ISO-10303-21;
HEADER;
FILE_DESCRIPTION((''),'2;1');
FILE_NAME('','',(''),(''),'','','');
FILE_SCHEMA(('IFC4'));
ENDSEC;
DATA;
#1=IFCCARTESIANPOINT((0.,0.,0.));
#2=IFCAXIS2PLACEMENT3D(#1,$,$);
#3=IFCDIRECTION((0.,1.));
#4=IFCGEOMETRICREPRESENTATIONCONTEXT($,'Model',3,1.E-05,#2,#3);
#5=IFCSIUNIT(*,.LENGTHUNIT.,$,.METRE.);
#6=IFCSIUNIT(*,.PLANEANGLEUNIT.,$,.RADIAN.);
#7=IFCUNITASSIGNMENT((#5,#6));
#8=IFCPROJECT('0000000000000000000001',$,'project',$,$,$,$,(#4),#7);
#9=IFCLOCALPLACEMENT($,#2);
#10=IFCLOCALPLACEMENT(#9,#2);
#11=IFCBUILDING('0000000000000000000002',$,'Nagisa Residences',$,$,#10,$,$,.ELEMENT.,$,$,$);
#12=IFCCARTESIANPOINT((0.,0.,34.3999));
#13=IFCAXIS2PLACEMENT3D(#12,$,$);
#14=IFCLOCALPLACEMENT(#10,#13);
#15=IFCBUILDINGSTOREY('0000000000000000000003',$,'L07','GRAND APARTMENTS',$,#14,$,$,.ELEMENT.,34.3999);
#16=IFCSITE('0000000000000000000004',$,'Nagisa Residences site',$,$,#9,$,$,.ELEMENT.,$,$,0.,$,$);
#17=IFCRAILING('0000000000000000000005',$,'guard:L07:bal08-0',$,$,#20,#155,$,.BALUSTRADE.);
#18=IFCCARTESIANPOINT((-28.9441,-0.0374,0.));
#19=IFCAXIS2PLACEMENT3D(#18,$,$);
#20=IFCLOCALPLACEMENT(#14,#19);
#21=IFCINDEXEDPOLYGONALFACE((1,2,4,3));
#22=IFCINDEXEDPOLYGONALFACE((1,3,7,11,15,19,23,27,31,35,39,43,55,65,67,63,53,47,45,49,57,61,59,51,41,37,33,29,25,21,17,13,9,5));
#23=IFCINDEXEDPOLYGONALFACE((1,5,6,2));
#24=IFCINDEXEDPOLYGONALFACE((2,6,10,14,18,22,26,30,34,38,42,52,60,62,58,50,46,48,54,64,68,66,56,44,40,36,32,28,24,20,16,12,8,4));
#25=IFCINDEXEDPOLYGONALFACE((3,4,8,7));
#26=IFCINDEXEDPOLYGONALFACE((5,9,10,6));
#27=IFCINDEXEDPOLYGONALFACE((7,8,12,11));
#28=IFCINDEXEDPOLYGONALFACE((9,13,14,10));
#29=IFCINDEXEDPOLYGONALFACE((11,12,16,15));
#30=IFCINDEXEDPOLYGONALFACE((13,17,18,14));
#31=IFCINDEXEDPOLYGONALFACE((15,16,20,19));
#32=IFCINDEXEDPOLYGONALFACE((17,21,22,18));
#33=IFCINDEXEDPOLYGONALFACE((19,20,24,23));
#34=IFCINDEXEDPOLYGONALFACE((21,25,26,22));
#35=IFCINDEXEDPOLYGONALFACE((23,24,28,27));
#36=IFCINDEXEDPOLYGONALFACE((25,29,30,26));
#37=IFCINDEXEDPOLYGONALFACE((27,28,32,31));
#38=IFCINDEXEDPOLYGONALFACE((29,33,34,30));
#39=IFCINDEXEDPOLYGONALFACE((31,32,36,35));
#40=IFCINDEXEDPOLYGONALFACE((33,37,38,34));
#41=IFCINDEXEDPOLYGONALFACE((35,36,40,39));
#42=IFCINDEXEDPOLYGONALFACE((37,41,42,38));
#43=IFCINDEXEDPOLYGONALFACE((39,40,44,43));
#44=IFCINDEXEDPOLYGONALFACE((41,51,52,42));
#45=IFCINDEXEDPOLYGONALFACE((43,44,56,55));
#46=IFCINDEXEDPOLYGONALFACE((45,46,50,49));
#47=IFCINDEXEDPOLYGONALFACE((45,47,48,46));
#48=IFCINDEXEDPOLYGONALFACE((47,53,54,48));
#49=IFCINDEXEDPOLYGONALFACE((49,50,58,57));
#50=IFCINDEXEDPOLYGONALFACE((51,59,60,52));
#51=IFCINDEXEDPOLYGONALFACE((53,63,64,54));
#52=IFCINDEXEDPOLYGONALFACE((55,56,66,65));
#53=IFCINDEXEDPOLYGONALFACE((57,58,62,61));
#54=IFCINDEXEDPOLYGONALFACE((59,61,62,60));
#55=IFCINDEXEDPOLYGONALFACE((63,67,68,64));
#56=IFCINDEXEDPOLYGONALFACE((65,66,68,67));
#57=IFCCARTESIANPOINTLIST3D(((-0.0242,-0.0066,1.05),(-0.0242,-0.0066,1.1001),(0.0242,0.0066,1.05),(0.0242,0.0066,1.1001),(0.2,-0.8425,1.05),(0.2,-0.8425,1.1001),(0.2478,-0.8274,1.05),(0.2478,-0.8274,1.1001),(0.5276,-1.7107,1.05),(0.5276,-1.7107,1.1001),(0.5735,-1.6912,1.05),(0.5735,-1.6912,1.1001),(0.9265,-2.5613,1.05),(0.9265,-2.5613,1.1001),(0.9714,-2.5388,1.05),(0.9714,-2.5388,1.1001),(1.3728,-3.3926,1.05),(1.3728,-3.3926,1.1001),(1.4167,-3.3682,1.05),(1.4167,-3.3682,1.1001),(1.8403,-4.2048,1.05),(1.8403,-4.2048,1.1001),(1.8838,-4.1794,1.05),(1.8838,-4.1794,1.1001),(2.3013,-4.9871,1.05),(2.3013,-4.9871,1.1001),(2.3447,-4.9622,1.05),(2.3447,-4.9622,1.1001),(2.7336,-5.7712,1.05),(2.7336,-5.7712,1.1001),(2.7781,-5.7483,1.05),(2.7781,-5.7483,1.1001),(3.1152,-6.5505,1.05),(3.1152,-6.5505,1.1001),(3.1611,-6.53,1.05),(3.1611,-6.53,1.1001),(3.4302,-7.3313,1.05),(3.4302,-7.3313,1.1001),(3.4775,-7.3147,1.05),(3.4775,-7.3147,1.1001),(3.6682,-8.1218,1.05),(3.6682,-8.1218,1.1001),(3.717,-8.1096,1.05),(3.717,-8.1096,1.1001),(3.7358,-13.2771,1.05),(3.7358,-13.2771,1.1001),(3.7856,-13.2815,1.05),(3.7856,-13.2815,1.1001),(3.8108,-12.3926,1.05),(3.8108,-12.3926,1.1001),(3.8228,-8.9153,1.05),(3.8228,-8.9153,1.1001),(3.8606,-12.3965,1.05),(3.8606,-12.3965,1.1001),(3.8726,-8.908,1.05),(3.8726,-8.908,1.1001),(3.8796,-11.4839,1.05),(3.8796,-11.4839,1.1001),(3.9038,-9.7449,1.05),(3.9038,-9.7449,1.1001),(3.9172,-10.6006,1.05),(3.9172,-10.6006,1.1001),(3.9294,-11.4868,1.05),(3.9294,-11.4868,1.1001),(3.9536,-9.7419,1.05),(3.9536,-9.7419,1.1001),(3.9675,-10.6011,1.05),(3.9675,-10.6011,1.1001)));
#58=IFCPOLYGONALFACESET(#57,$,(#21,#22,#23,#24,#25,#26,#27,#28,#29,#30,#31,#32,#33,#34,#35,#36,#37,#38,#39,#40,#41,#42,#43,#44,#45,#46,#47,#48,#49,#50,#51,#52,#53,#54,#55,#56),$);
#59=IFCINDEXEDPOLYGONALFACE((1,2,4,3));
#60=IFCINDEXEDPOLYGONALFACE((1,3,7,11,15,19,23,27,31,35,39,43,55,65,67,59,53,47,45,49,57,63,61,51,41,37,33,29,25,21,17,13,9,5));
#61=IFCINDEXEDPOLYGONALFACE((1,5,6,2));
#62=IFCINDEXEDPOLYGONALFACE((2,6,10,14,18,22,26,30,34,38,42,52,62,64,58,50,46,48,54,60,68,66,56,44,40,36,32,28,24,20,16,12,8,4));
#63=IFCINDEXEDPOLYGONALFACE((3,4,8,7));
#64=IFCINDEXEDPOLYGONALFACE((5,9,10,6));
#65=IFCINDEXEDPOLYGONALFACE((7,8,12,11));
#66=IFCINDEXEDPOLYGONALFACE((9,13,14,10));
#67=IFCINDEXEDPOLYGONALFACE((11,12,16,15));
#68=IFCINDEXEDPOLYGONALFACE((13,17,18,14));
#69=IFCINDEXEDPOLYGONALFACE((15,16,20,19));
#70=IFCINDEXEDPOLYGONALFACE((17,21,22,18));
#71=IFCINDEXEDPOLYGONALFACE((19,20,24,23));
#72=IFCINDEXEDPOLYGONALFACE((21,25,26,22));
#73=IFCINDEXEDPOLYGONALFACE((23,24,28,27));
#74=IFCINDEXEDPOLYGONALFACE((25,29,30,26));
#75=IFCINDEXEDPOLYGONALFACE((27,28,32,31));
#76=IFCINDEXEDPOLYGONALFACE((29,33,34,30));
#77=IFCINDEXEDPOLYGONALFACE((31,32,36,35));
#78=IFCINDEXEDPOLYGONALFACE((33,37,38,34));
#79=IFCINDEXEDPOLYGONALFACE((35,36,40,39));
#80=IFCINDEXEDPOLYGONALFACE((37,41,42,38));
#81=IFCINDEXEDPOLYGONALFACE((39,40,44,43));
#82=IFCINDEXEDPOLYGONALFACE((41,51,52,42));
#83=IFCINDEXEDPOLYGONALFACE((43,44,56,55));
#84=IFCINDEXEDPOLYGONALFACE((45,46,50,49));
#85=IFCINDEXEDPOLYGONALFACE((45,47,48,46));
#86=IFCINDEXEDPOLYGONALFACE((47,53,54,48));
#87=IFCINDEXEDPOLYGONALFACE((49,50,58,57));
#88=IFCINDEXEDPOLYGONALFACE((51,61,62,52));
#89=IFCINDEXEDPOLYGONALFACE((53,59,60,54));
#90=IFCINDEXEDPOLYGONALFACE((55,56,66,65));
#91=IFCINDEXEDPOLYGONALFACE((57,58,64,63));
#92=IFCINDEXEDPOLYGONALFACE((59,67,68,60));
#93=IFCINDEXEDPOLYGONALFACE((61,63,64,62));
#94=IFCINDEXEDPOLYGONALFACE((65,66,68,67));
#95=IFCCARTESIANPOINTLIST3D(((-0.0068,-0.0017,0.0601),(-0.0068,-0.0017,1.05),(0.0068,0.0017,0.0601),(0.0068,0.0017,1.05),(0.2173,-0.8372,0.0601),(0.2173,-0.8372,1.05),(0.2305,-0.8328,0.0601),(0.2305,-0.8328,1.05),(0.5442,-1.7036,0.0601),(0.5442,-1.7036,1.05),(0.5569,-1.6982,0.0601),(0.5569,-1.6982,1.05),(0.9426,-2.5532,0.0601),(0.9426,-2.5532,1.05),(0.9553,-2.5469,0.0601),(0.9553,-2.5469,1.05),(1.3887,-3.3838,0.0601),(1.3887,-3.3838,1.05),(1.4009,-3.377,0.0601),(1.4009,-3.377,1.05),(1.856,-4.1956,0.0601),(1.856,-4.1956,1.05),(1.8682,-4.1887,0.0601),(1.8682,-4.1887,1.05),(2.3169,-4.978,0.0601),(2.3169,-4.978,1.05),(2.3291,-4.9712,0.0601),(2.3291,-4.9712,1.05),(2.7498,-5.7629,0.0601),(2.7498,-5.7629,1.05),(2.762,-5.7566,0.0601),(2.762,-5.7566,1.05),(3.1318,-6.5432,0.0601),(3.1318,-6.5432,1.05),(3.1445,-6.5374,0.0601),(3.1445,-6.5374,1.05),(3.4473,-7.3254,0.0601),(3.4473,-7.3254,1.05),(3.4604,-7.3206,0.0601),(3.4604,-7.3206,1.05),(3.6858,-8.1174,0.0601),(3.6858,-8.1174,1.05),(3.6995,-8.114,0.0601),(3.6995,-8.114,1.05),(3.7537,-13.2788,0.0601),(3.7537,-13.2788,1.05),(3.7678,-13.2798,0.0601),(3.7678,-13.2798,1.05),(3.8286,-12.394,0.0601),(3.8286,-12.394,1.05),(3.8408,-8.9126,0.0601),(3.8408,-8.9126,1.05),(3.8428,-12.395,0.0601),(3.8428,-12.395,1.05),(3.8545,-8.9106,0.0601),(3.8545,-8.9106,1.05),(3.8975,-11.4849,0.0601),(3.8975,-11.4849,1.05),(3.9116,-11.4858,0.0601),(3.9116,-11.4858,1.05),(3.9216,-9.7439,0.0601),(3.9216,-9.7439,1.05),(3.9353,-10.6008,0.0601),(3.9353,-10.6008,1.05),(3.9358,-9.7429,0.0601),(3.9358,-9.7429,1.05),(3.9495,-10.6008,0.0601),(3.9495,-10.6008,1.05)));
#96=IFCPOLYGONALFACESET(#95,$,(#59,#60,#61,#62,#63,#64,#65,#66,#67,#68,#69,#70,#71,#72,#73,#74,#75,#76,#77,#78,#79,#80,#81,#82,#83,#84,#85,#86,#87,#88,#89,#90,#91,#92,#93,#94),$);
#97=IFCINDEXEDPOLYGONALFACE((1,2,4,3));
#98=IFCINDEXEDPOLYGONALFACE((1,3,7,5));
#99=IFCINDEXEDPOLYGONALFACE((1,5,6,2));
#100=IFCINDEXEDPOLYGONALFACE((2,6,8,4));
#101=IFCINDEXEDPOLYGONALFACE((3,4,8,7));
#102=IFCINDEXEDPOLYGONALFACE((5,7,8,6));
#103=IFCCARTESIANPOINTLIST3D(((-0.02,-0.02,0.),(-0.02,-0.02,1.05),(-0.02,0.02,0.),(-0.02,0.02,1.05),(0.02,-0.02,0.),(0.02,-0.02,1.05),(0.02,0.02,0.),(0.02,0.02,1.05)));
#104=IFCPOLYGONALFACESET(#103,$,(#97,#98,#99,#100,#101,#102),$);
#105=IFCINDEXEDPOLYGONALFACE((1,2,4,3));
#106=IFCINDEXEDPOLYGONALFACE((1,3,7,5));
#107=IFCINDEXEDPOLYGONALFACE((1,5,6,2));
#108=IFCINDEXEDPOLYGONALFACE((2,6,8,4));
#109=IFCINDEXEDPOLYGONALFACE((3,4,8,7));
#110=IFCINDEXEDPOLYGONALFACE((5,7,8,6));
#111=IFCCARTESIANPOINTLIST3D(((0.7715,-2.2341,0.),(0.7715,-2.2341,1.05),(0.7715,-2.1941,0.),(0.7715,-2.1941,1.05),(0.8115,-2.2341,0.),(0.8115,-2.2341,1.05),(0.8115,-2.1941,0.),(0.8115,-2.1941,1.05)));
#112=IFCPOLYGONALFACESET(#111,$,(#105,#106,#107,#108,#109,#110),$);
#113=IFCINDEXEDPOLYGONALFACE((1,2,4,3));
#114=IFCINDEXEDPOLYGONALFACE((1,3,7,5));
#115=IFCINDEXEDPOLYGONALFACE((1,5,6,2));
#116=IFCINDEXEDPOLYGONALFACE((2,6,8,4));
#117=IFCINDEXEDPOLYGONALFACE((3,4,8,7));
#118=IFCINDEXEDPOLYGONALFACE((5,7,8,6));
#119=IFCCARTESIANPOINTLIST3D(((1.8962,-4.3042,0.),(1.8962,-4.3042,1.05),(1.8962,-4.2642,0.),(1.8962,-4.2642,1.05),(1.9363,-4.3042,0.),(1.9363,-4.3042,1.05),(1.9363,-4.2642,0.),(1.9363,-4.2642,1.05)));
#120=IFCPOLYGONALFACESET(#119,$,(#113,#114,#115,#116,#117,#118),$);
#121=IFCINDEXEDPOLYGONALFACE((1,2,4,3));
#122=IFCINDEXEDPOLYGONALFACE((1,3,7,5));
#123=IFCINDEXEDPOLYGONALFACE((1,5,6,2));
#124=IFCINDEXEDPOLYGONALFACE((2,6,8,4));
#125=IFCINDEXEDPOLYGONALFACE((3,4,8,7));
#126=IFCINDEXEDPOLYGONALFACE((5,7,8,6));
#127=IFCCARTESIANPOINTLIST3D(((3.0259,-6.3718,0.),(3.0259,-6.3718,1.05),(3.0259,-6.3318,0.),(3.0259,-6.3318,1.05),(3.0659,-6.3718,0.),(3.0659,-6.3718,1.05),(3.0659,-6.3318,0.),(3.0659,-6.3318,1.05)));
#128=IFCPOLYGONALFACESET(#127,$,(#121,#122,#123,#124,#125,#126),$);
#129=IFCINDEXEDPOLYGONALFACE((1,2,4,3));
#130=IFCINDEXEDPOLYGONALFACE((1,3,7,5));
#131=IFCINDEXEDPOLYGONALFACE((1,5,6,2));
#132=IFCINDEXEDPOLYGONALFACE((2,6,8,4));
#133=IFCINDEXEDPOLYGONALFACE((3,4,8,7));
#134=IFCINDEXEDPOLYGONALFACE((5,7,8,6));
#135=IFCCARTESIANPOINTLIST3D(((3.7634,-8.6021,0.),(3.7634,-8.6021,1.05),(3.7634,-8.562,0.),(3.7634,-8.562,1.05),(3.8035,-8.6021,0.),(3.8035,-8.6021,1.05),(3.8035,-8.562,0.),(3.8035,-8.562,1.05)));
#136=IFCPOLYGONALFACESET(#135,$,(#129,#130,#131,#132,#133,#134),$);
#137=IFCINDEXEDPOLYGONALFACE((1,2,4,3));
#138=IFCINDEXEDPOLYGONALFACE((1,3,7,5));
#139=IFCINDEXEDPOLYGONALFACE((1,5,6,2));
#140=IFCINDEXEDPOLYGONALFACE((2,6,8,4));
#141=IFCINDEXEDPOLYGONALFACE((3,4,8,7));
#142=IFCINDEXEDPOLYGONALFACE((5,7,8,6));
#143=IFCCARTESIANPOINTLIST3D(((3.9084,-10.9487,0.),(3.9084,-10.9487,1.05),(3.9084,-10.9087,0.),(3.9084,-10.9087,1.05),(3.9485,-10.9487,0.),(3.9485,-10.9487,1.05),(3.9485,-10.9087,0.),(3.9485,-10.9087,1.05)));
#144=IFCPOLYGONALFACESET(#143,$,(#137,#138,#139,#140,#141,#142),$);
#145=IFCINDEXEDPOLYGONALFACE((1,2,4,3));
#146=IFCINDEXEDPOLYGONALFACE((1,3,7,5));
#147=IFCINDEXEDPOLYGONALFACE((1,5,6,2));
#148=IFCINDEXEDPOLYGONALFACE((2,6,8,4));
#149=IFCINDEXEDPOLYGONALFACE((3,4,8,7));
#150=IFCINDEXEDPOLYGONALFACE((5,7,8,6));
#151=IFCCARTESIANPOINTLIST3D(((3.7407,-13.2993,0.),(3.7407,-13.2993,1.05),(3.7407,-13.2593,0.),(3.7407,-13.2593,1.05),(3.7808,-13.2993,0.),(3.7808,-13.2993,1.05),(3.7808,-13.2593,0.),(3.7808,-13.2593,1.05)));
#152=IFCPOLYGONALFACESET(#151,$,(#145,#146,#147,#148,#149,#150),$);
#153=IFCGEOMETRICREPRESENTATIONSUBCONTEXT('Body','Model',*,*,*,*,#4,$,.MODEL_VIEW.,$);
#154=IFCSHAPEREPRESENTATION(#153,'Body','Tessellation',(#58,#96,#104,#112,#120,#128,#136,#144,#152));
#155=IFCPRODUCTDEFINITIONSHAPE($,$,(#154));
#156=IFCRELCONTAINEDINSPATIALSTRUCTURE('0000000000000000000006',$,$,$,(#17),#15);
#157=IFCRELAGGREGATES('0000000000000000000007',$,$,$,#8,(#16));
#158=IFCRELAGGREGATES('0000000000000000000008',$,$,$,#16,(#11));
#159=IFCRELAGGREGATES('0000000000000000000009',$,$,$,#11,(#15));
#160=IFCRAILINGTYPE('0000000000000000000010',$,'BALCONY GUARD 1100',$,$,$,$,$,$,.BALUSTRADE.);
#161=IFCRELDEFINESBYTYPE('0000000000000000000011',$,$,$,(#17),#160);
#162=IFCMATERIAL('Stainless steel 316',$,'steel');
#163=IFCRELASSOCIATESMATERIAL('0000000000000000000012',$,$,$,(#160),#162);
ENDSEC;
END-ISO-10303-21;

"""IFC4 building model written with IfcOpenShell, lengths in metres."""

from ifc_helpers import new_model, si_unit, direction, frame, origin, origin_2d, place, context, subcontext, project, spatial, polyline, rectangle, outline, extrude, material, type_object, element, save


model = new_model("IFC4")

# Units and contexts
model_context = context("Model", 3, precision=1e-05, world=origin(), true_north=direction((0.0, 1.0)))
body_context = subcontext(model_context, "Body", "Model", "MODEL_VIEW")
ifc_project = project(units=[si_unit("LENGTHUNIT", "METRE"), si_unit("PLANEANGLEUNIT", "RADIAN")], contexts=[model_context])

# Site, building, storey
site_placement = place(None, origin())
site = spatial("IfcSite", under=ifc_project, at=site_placement, Name="Nagisa Residences site", CompositionType="ELEMENT", RefElevation=0.0)
building_placement = place(site_placement, origin())
building = spatial("IfcBuilding", under=site, at=building_placement, Name="Nagisa Residences", CompositionType="ELEMENT")
storey_placement = place(building_placement, frame((0.0, 0.0, 34.3999)))
storey = spatial("IfcBuildingStorey", under=building, at=storey_placement, Name="L07", Description="GRAND APARTMENTS", CompositionType="ELEMENT", Elevation=34.3999)

# Railing
ifc_material_1 = material(Name="Stainless steel 316", Category="steel")
railing_type = type_object("IfcRailingType", Name="BALCONY GUARD 1100", PredefinedType="BALUSTRADE", material=ifc_material_1)
railing_placement = place(storey_placement, frame((-28.9441, -0.0374, 0.0)))
element("IfcRailing", 1, at=railing_placement, inside=storey, type_object=railing_type, Name="guard:L07:bal08-0", PredefinedType="BALUSTRADE", context=body_context, shape_type="SweptSolid", body=[
    extrude(outline(polyline([(0.2478, -0.8274), (0.0242, 0.0066), (-0.0242, -0.0066), (0.2, -0.8425), (0.5276, -1.7107), (0.9265, -2.5613), (1.3728, -3.3926), (1.8403, -4.2048), (2.3013, -4.9871), (2.7336, -5.7712), (3.1152, -6.5505), (3.4302, -7.3313), (3.6682, -8.1218), (3.8228, -8.9153), (3.9038, -9.7449), (3.9172, -10.6006), (3.8796, -11.4839), (3.8108, -12.3926), (3.7358, -13.2771), (3.7856, -13.2815), (3.8606, -12.3965), (3.9294, -11.4868), (3.9675, -10.6011), (3.9536, -9.7419), (3.8726, -8.908), (3.717, -8.1096), (3.4775, -7.3147), (3.1611, -6.53), (2.7781, -5.7483), (2.3447, -4.9622), (1.8838, -4.1794), (1.4167, -3.3682), (0.9714, -2.5388), (0.5735, -1.6912), (0.2478, -0.8274)])), frame((0.0, 0.0, 1.05)), (0.0, 0.0, 1.0), 0.05),
    extrude(outline(polyline([(0.2305, -0.8328), (0.0068, 0.0017), (-0.0068, -0.0017), (0.2173, -0.8372), (0.5442, -1.7036), (0.9426, -2.5532), (1.3887, -3.3838), (1.856, -4.1956), (2.3169, -4.978), (2.7498, -5.7629), (3.1318, -6.5432), (3.4473, -7.3254), (3.6858, -8.1174), (3.8408, -8.9126), (3.9216, -9.7439), (3.9353, -10.6008), (3.8975, -11.4849), (3.8286, -12.394), (3.7537, -13.2788), (3.7678, -13.2798), (3.8428, -12.395), (3.9116, -11.4858), (3.9495, -10.6008), (3.9358, -9.7429), (3.8545, -8.9106), (3.6995, -8.114), (3.4604, -7.3206), (3.1445, -6.5374), (2.762, -5.7566), (2.3291, -4.9712), (1.8682, -4.1887), (1.4009, -3.377), (0.9553, -2.5469), (0.5569, -1.6982), (0.2305, -0.8328)])), frame((0.0, 0.0, 0.0601)), (0.0, 0.0, 1.0), 0.99),
    extrude(rectangle(XDim=0.04, YDim=0.04, at=origin_2d()), origin(), (0.0, 0.0, 1.0), 1.05),
    extrude(rectangle(XDim=0.04, YDim=0.04, at=origin_2d()), frame((0.7915, -2.2141, 0.0)), (0.0, 0.0, 1.0), 1.05),
    extrude(rectangle(XDim=0.04, YDim=0.04, at=origin_2d()), frame((1.9163, -4.2842, 0.0)), (0.0, 0.0, 1.0), 1.05),
    extrude(rectangle(XDim=0.04, YDim=0.04, at=origin_2d()), frame((3.0459, -6.3518, 0.0)), (0.0, 0.0, 1.0), 1.05),
    extrude(rectangle(XDim=0.04, YDim=0.04, at=origin_2d()), frame((3.7834, -8.582, 0.0)), (0.0, 0.0, 1.0), 1.05),
    extrude(rectangle(XDim=0.04, YDim=0.04, at=origin_2d()), frame((3.9285, -10.9287, 0.0)), (0.0, 0.0, 1.0), 1.05),
    extrude(rectangle(XDim=0.04, YDim=0.04, at=origin_2d()), frame((3.7607, -13.2793, 0.0)), (0.0, 0.0, 1.0), 1.05),
])

save(model, "model.ifc")
